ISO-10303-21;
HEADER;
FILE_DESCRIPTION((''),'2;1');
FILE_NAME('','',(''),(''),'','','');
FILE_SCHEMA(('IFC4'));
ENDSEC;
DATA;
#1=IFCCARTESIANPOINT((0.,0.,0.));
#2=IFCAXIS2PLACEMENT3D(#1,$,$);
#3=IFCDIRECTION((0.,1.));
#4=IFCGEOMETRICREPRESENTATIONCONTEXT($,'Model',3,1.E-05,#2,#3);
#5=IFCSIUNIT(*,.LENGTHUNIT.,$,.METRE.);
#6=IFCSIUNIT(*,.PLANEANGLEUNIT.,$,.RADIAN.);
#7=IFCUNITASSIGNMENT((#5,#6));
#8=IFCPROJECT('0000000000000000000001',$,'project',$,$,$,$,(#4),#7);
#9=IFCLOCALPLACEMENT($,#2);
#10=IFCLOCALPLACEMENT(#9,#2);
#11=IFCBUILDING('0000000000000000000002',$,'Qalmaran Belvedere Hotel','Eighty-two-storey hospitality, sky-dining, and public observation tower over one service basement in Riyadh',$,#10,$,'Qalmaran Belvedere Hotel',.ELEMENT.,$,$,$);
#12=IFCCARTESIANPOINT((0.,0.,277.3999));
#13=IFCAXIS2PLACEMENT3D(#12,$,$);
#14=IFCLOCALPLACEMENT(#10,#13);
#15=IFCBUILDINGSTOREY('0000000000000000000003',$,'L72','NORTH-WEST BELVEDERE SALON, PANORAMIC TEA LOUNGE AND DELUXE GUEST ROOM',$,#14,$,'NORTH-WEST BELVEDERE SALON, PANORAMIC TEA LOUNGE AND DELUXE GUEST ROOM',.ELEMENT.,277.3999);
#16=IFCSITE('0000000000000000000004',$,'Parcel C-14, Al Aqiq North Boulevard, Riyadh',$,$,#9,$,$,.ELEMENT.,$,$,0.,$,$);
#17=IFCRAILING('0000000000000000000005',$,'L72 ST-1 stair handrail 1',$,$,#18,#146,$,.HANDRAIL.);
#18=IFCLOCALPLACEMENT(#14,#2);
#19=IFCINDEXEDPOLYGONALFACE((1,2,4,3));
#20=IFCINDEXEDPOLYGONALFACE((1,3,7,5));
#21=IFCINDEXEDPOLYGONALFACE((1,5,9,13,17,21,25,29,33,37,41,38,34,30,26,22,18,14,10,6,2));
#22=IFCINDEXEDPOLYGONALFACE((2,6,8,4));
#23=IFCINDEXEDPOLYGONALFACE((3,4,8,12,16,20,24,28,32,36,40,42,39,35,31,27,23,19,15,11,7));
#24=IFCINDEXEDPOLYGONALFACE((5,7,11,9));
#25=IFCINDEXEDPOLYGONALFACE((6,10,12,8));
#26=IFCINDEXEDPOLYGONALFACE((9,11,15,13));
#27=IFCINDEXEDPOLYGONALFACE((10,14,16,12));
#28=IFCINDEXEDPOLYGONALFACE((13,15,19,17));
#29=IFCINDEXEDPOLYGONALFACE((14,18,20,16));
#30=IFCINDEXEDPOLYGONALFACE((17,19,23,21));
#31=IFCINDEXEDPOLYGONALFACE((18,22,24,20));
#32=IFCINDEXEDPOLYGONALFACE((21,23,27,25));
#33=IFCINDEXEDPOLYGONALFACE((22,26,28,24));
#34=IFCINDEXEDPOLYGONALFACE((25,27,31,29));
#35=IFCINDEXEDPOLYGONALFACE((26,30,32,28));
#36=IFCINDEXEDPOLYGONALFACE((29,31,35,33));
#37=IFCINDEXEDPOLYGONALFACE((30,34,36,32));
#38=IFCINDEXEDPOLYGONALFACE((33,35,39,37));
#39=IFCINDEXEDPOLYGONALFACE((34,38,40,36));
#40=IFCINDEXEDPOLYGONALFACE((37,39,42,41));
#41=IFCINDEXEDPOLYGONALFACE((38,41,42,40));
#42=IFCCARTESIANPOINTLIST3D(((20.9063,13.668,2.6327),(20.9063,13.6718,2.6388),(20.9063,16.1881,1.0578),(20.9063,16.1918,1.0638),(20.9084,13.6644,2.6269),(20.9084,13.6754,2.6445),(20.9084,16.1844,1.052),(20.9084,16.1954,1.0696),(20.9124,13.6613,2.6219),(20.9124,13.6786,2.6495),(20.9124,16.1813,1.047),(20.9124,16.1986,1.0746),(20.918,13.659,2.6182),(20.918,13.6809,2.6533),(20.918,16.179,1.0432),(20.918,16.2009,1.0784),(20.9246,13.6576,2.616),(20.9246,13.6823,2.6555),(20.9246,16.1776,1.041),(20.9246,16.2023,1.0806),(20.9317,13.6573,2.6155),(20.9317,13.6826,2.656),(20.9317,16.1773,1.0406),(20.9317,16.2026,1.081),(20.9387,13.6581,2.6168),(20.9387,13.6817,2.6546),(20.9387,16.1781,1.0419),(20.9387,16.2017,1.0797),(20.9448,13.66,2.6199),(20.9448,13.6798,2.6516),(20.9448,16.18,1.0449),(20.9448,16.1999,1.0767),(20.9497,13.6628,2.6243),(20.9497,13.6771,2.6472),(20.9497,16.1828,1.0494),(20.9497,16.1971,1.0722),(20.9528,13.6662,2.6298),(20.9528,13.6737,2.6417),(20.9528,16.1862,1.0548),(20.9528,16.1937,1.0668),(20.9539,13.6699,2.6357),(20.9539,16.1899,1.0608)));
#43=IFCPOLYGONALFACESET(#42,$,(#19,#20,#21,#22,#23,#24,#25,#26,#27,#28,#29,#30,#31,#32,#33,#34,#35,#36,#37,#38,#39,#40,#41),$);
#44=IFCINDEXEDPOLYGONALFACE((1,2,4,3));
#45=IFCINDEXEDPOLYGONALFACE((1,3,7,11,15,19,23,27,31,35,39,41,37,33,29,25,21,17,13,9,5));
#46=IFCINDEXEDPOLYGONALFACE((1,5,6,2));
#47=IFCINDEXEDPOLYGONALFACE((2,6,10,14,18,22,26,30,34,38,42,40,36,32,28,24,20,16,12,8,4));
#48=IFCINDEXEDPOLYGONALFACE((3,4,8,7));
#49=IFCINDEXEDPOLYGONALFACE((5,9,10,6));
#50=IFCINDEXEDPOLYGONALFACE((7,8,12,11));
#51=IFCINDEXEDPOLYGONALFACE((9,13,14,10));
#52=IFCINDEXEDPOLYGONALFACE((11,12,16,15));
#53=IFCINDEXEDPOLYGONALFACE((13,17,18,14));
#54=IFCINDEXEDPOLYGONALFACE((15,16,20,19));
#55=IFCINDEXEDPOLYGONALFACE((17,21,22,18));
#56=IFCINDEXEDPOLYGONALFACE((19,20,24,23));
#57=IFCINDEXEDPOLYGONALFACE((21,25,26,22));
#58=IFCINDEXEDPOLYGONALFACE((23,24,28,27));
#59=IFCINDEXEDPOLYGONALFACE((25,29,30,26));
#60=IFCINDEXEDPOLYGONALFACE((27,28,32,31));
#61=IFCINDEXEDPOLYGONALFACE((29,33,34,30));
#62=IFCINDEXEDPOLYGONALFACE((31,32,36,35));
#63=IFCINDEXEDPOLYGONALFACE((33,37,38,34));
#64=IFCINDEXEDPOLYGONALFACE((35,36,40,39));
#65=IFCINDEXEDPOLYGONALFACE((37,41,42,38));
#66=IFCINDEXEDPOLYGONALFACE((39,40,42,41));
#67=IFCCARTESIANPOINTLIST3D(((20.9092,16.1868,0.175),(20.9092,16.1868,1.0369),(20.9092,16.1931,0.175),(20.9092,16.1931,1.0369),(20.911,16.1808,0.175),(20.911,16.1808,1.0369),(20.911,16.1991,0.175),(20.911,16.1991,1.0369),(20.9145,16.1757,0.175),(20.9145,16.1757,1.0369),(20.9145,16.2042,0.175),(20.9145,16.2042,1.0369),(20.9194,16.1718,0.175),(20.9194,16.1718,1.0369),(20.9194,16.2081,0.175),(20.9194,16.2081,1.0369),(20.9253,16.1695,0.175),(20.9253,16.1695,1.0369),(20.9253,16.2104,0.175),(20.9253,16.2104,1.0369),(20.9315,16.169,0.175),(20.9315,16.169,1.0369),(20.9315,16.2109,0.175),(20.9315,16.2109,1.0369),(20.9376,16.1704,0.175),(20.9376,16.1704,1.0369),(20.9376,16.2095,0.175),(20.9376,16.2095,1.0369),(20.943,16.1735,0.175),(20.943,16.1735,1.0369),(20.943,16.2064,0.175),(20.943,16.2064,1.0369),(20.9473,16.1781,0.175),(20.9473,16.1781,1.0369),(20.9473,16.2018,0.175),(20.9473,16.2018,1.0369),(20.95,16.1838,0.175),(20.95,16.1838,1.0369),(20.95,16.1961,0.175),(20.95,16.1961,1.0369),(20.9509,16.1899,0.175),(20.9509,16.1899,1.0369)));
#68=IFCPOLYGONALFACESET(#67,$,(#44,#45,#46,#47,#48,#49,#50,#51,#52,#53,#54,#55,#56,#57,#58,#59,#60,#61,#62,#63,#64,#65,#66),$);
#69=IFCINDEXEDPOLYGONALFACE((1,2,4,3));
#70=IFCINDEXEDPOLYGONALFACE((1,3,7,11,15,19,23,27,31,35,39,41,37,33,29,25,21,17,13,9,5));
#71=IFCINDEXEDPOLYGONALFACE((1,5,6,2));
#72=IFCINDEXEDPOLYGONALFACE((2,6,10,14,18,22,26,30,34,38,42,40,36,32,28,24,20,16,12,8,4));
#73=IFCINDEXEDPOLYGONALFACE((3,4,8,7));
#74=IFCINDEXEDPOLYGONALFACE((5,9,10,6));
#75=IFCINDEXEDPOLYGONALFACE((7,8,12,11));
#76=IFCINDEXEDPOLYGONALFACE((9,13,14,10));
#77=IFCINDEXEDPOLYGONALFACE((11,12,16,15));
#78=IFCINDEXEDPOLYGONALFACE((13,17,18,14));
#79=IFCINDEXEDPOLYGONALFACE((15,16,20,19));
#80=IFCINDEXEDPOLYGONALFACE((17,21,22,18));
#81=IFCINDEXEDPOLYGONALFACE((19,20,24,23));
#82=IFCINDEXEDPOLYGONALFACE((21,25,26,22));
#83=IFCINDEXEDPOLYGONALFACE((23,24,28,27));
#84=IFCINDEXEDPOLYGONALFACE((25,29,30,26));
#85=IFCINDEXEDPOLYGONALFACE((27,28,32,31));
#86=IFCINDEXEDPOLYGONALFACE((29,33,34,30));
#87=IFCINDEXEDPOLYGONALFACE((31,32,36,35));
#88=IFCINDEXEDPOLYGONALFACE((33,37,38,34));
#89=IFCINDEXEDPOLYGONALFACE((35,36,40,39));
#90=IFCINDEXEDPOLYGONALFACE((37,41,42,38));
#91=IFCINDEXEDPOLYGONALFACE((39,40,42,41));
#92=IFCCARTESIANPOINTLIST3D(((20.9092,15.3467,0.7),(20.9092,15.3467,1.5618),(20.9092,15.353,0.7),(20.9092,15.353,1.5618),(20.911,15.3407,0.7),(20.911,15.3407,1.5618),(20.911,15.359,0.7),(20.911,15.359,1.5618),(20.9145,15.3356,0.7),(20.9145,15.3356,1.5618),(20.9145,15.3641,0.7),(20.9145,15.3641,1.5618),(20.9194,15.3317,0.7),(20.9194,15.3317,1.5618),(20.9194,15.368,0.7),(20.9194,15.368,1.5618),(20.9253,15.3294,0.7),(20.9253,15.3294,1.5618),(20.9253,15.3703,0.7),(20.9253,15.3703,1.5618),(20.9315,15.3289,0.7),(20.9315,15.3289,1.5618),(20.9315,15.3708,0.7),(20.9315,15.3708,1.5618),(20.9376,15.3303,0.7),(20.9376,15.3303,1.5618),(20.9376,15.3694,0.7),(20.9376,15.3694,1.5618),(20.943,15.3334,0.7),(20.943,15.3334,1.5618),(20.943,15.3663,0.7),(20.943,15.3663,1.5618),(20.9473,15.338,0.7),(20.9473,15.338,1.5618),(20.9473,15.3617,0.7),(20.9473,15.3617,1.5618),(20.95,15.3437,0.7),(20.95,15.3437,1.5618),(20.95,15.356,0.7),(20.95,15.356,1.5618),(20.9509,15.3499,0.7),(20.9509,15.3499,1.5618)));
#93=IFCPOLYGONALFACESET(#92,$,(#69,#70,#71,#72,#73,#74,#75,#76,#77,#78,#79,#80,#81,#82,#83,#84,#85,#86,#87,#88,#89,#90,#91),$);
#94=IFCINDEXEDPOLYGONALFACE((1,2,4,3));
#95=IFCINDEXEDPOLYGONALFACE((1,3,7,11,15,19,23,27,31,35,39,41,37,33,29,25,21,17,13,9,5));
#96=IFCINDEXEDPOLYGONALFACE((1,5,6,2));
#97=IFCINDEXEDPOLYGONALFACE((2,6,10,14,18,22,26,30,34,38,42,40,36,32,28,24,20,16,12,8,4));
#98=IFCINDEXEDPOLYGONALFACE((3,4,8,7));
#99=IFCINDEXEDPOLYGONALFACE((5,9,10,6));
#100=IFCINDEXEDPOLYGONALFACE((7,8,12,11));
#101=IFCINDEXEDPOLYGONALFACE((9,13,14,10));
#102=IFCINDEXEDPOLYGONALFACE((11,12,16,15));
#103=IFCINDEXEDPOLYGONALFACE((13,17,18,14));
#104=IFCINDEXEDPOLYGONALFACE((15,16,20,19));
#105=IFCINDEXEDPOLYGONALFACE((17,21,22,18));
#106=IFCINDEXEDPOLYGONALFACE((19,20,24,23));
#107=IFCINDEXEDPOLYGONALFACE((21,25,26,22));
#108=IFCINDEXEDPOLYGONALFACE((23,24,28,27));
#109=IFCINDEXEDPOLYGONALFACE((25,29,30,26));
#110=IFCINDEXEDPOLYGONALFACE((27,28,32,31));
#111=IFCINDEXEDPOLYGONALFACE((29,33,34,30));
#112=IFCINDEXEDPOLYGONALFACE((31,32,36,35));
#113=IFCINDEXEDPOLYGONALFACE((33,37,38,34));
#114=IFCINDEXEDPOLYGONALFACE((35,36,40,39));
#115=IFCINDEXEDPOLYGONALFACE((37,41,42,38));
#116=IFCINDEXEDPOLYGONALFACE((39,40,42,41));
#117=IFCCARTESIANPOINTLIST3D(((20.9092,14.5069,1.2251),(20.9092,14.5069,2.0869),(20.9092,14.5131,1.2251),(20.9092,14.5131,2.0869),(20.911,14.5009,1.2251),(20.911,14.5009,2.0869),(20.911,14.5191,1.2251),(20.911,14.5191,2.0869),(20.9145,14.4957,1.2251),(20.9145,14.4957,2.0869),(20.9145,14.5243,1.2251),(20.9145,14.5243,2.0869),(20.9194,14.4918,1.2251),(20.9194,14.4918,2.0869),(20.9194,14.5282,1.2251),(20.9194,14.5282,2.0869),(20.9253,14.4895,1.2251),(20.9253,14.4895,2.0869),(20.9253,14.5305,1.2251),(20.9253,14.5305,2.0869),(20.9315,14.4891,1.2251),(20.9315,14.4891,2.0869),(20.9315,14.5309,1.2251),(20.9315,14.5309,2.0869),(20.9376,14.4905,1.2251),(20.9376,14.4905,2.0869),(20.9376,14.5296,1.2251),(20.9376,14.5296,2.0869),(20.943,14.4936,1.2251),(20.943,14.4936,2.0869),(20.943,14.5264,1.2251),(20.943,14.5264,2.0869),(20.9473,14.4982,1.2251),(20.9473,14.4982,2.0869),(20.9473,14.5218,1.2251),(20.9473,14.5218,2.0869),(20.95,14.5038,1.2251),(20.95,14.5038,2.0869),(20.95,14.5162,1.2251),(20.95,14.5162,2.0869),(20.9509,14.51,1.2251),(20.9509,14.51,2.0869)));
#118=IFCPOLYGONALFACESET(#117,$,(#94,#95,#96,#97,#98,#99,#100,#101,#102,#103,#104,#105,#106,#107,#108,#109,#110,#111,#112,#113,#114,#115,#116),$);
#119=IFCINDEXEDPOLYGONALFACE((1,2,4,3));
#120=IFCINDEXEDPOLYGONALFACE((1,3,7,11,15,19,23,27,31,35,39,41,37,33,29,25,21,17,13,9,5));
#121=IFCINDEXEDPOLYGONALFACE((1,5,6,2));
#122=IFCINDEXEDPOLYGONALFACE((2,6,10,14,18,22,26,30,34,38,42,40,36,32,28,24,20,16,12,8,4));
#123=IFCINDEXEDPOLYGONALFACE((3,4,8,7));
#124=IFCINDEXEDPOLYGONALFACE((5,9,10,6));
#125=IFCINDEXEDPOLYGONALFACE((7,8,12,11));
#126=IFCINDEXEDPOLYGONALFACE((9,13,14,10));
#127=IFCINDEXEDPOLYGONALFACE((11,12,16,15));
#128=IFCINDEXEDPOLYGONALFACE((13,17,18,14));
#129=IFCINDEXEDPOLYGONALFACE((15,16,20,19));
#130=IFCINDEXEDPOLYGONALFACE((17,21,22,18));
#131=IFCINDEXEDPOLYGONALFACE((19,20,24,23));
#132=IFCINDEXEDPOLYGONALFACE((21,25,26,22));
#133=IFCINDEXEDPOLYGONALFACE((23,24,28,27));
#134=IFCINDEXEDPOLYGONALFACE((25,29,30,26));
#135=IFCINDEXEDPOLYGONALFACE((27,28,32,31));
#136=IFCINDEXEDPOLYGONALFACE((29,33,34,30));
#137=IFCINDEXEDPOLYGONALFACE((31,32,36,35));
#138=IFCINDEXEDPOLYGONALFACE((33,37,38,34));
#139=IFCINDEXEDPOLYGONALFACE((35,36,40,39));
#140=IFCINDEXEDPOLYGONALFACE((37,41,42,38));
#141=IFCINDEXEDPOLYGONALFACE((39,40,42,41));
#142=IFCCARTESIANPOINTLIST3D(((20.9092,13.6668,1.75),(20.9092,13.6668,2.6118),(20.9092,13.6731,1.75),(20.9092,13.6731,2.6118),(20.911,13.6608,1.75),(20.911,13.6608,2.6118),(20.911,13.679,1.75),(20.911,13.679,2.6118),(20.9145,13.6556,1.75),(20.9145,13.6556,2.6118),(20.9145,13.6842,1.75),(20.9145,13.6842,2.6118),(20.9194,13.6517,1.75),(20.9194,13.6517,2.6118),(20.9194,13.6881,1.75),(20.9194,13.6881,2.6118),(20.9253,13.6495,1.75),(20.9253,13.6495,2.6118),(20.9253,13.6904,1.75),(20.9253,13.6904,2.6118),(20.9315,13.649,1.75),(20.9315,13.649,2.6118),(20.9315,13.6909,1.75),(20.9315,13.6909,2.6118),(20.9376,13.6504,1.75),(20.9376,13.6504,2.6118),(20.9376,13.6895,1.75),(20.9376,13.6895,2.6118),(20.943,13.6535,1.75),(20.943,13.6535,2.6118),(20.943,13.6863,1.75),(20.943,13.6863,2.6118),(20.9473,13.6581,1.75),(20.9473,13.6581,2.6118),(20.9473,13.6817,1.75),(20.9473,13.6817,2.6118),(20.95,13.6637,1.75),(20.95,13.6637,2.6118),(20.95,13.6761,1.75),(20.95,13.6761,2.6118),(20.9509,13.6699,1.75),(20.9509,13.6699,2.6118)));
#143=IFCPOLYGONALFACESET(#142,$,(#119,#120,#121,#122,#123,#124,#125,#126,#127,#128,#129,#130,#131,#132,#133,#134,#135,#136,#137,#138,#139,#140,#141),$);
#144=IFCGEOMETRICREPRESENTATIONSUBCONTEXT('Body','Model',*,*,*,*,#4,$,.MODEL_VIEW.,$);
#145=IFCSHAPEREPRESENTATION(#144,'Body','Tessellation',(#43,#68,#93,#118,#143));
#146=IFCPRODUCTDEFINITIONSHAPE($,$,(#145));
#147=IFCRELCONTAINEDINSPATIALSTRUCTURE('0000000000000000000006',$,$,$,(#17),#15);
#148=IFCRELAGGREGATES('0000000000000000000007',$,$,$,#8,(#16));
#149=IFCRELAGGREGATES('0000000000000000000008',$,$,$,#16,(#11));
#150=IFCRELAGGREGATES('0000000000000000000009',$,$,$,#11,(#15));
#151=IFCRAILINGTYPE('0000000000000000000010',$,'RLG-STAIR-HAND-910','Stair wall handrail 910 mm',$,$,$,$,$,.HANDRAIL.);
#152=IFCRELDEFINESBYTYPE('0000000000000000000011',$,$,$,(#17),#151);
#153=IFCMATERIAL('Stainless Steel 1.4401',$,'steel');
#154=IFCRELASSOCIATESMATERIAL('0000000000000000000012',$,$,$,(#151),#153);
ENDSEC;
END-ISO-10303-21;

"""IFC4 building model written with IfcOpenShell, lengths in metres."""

from ifc_helpers import new_model, si_unit, direction, frame, origin, origin_2d, place, context, subcontext, project, spatial, circle, extrude, material, type_object, element, save


model = new_model("IFC4")

# Units and contexts
model_context = context("Model", 3, precision=1e-05, world=origin(), true_north=direction((0.0, 1.0)))
body_context = subcontext(model_context, "Body", "Model", "MODEL_VIEW")
ifc_project = project(units=[si_unit("LENGTHUNIT", "METRE"), si_unit("PLANEANGLEUNIT", "RADIAN")], contexts=[model_context])

# Site, building, storey
site_placement = place(None, origin())
site = spatial("IfcSite", under=ifc_project, at=site_placement, Name="Parcel C-14, Al Aqiq North Boulevard, Riyadh", CompositionType="ELEMENT", RefElevation=0.0)
building_placement = place(site_placement, origin())
building = spatial("IfcBuilding", under=site, at=building_placement, Name="Qalmaran Belvedere Hotel", Description="Eighty-two-storey hospitality, sky-dining, and public observation tower over one service basement in Riyadh", LongName="Qalmaran Belvedere Hotel", CompositionType="ELEMENT")
storey_placement = place(building_placement, frame((0.0, 0.0, 277.3999)))
storey = spatial("IfcBuildingStorey", under=building, at=storey_placement, Name="L72", Description="NORTH-WEST BELVEDERE SALON, PANORAMIC TEA LOUNGE AND DELUXE GUEST ROOM", LongName="NORTH-WEST BELVEDERE SALON, PANORAMIC TEA LOUNGE AND DELUXE GUEST ROOM", CompositionType="ELEMENT", Elevation=277.3999)

# Railing
ifc_material_1 = material(Name="Stainless Steel 1.4401", Category="steel")
railing_type_1 = type_object("IfcRailingType", Name="RLG-STAIR-HAND-910", Description="Stair wall handrail 910 mm", PredefinedType="HANDRAIL", material=ifc_material_1)
railing_1_placement = place(storey_placement, frame((20.9299, 16.1899, 0.175)))
element("IfcRailing", 1, at=railing_1_placement, inside=storey, type_object=railing_type_1, Name="L72 ST-1 stair handrail 1", PredefinedType="HANDRAIL", context=body_context, shape_type="SweptSolid", body=[
    extrude(circle(Radius=0.0239, at=origin_2d()), frame((0.0, 0.0, 0.8857), z_axis=(0.0, -0.848008, 0.529984), x_axis=(1.0, 0.0, 0.0)), (0.0, 0.0, 1.0), 2.9717),
    extrude(circle(Radius=0.021, at=origin_2d()), origin(), (0.0, 0.0, 1.0), 0.8618),
    extrude(circle(Radius=0.021, at=origin_2d()), frame((0.0, -0.8401, 0.5249)), (0.0, 0.0, 1.0), 0.8618),
    extrude(circle(Radius=0.021, at=origin_2d()), frame((0.0, -1.6799, 1.05)), (0.0, 0.0, 1.0), 0.8618),
    extrude(circle(Radius=0.021, at=origin_2d()), frame((0.0, -2.52, 1.575)), (0.0, 0.0, 1.0), 0.8618),
])

save(model, "model.ifc")
